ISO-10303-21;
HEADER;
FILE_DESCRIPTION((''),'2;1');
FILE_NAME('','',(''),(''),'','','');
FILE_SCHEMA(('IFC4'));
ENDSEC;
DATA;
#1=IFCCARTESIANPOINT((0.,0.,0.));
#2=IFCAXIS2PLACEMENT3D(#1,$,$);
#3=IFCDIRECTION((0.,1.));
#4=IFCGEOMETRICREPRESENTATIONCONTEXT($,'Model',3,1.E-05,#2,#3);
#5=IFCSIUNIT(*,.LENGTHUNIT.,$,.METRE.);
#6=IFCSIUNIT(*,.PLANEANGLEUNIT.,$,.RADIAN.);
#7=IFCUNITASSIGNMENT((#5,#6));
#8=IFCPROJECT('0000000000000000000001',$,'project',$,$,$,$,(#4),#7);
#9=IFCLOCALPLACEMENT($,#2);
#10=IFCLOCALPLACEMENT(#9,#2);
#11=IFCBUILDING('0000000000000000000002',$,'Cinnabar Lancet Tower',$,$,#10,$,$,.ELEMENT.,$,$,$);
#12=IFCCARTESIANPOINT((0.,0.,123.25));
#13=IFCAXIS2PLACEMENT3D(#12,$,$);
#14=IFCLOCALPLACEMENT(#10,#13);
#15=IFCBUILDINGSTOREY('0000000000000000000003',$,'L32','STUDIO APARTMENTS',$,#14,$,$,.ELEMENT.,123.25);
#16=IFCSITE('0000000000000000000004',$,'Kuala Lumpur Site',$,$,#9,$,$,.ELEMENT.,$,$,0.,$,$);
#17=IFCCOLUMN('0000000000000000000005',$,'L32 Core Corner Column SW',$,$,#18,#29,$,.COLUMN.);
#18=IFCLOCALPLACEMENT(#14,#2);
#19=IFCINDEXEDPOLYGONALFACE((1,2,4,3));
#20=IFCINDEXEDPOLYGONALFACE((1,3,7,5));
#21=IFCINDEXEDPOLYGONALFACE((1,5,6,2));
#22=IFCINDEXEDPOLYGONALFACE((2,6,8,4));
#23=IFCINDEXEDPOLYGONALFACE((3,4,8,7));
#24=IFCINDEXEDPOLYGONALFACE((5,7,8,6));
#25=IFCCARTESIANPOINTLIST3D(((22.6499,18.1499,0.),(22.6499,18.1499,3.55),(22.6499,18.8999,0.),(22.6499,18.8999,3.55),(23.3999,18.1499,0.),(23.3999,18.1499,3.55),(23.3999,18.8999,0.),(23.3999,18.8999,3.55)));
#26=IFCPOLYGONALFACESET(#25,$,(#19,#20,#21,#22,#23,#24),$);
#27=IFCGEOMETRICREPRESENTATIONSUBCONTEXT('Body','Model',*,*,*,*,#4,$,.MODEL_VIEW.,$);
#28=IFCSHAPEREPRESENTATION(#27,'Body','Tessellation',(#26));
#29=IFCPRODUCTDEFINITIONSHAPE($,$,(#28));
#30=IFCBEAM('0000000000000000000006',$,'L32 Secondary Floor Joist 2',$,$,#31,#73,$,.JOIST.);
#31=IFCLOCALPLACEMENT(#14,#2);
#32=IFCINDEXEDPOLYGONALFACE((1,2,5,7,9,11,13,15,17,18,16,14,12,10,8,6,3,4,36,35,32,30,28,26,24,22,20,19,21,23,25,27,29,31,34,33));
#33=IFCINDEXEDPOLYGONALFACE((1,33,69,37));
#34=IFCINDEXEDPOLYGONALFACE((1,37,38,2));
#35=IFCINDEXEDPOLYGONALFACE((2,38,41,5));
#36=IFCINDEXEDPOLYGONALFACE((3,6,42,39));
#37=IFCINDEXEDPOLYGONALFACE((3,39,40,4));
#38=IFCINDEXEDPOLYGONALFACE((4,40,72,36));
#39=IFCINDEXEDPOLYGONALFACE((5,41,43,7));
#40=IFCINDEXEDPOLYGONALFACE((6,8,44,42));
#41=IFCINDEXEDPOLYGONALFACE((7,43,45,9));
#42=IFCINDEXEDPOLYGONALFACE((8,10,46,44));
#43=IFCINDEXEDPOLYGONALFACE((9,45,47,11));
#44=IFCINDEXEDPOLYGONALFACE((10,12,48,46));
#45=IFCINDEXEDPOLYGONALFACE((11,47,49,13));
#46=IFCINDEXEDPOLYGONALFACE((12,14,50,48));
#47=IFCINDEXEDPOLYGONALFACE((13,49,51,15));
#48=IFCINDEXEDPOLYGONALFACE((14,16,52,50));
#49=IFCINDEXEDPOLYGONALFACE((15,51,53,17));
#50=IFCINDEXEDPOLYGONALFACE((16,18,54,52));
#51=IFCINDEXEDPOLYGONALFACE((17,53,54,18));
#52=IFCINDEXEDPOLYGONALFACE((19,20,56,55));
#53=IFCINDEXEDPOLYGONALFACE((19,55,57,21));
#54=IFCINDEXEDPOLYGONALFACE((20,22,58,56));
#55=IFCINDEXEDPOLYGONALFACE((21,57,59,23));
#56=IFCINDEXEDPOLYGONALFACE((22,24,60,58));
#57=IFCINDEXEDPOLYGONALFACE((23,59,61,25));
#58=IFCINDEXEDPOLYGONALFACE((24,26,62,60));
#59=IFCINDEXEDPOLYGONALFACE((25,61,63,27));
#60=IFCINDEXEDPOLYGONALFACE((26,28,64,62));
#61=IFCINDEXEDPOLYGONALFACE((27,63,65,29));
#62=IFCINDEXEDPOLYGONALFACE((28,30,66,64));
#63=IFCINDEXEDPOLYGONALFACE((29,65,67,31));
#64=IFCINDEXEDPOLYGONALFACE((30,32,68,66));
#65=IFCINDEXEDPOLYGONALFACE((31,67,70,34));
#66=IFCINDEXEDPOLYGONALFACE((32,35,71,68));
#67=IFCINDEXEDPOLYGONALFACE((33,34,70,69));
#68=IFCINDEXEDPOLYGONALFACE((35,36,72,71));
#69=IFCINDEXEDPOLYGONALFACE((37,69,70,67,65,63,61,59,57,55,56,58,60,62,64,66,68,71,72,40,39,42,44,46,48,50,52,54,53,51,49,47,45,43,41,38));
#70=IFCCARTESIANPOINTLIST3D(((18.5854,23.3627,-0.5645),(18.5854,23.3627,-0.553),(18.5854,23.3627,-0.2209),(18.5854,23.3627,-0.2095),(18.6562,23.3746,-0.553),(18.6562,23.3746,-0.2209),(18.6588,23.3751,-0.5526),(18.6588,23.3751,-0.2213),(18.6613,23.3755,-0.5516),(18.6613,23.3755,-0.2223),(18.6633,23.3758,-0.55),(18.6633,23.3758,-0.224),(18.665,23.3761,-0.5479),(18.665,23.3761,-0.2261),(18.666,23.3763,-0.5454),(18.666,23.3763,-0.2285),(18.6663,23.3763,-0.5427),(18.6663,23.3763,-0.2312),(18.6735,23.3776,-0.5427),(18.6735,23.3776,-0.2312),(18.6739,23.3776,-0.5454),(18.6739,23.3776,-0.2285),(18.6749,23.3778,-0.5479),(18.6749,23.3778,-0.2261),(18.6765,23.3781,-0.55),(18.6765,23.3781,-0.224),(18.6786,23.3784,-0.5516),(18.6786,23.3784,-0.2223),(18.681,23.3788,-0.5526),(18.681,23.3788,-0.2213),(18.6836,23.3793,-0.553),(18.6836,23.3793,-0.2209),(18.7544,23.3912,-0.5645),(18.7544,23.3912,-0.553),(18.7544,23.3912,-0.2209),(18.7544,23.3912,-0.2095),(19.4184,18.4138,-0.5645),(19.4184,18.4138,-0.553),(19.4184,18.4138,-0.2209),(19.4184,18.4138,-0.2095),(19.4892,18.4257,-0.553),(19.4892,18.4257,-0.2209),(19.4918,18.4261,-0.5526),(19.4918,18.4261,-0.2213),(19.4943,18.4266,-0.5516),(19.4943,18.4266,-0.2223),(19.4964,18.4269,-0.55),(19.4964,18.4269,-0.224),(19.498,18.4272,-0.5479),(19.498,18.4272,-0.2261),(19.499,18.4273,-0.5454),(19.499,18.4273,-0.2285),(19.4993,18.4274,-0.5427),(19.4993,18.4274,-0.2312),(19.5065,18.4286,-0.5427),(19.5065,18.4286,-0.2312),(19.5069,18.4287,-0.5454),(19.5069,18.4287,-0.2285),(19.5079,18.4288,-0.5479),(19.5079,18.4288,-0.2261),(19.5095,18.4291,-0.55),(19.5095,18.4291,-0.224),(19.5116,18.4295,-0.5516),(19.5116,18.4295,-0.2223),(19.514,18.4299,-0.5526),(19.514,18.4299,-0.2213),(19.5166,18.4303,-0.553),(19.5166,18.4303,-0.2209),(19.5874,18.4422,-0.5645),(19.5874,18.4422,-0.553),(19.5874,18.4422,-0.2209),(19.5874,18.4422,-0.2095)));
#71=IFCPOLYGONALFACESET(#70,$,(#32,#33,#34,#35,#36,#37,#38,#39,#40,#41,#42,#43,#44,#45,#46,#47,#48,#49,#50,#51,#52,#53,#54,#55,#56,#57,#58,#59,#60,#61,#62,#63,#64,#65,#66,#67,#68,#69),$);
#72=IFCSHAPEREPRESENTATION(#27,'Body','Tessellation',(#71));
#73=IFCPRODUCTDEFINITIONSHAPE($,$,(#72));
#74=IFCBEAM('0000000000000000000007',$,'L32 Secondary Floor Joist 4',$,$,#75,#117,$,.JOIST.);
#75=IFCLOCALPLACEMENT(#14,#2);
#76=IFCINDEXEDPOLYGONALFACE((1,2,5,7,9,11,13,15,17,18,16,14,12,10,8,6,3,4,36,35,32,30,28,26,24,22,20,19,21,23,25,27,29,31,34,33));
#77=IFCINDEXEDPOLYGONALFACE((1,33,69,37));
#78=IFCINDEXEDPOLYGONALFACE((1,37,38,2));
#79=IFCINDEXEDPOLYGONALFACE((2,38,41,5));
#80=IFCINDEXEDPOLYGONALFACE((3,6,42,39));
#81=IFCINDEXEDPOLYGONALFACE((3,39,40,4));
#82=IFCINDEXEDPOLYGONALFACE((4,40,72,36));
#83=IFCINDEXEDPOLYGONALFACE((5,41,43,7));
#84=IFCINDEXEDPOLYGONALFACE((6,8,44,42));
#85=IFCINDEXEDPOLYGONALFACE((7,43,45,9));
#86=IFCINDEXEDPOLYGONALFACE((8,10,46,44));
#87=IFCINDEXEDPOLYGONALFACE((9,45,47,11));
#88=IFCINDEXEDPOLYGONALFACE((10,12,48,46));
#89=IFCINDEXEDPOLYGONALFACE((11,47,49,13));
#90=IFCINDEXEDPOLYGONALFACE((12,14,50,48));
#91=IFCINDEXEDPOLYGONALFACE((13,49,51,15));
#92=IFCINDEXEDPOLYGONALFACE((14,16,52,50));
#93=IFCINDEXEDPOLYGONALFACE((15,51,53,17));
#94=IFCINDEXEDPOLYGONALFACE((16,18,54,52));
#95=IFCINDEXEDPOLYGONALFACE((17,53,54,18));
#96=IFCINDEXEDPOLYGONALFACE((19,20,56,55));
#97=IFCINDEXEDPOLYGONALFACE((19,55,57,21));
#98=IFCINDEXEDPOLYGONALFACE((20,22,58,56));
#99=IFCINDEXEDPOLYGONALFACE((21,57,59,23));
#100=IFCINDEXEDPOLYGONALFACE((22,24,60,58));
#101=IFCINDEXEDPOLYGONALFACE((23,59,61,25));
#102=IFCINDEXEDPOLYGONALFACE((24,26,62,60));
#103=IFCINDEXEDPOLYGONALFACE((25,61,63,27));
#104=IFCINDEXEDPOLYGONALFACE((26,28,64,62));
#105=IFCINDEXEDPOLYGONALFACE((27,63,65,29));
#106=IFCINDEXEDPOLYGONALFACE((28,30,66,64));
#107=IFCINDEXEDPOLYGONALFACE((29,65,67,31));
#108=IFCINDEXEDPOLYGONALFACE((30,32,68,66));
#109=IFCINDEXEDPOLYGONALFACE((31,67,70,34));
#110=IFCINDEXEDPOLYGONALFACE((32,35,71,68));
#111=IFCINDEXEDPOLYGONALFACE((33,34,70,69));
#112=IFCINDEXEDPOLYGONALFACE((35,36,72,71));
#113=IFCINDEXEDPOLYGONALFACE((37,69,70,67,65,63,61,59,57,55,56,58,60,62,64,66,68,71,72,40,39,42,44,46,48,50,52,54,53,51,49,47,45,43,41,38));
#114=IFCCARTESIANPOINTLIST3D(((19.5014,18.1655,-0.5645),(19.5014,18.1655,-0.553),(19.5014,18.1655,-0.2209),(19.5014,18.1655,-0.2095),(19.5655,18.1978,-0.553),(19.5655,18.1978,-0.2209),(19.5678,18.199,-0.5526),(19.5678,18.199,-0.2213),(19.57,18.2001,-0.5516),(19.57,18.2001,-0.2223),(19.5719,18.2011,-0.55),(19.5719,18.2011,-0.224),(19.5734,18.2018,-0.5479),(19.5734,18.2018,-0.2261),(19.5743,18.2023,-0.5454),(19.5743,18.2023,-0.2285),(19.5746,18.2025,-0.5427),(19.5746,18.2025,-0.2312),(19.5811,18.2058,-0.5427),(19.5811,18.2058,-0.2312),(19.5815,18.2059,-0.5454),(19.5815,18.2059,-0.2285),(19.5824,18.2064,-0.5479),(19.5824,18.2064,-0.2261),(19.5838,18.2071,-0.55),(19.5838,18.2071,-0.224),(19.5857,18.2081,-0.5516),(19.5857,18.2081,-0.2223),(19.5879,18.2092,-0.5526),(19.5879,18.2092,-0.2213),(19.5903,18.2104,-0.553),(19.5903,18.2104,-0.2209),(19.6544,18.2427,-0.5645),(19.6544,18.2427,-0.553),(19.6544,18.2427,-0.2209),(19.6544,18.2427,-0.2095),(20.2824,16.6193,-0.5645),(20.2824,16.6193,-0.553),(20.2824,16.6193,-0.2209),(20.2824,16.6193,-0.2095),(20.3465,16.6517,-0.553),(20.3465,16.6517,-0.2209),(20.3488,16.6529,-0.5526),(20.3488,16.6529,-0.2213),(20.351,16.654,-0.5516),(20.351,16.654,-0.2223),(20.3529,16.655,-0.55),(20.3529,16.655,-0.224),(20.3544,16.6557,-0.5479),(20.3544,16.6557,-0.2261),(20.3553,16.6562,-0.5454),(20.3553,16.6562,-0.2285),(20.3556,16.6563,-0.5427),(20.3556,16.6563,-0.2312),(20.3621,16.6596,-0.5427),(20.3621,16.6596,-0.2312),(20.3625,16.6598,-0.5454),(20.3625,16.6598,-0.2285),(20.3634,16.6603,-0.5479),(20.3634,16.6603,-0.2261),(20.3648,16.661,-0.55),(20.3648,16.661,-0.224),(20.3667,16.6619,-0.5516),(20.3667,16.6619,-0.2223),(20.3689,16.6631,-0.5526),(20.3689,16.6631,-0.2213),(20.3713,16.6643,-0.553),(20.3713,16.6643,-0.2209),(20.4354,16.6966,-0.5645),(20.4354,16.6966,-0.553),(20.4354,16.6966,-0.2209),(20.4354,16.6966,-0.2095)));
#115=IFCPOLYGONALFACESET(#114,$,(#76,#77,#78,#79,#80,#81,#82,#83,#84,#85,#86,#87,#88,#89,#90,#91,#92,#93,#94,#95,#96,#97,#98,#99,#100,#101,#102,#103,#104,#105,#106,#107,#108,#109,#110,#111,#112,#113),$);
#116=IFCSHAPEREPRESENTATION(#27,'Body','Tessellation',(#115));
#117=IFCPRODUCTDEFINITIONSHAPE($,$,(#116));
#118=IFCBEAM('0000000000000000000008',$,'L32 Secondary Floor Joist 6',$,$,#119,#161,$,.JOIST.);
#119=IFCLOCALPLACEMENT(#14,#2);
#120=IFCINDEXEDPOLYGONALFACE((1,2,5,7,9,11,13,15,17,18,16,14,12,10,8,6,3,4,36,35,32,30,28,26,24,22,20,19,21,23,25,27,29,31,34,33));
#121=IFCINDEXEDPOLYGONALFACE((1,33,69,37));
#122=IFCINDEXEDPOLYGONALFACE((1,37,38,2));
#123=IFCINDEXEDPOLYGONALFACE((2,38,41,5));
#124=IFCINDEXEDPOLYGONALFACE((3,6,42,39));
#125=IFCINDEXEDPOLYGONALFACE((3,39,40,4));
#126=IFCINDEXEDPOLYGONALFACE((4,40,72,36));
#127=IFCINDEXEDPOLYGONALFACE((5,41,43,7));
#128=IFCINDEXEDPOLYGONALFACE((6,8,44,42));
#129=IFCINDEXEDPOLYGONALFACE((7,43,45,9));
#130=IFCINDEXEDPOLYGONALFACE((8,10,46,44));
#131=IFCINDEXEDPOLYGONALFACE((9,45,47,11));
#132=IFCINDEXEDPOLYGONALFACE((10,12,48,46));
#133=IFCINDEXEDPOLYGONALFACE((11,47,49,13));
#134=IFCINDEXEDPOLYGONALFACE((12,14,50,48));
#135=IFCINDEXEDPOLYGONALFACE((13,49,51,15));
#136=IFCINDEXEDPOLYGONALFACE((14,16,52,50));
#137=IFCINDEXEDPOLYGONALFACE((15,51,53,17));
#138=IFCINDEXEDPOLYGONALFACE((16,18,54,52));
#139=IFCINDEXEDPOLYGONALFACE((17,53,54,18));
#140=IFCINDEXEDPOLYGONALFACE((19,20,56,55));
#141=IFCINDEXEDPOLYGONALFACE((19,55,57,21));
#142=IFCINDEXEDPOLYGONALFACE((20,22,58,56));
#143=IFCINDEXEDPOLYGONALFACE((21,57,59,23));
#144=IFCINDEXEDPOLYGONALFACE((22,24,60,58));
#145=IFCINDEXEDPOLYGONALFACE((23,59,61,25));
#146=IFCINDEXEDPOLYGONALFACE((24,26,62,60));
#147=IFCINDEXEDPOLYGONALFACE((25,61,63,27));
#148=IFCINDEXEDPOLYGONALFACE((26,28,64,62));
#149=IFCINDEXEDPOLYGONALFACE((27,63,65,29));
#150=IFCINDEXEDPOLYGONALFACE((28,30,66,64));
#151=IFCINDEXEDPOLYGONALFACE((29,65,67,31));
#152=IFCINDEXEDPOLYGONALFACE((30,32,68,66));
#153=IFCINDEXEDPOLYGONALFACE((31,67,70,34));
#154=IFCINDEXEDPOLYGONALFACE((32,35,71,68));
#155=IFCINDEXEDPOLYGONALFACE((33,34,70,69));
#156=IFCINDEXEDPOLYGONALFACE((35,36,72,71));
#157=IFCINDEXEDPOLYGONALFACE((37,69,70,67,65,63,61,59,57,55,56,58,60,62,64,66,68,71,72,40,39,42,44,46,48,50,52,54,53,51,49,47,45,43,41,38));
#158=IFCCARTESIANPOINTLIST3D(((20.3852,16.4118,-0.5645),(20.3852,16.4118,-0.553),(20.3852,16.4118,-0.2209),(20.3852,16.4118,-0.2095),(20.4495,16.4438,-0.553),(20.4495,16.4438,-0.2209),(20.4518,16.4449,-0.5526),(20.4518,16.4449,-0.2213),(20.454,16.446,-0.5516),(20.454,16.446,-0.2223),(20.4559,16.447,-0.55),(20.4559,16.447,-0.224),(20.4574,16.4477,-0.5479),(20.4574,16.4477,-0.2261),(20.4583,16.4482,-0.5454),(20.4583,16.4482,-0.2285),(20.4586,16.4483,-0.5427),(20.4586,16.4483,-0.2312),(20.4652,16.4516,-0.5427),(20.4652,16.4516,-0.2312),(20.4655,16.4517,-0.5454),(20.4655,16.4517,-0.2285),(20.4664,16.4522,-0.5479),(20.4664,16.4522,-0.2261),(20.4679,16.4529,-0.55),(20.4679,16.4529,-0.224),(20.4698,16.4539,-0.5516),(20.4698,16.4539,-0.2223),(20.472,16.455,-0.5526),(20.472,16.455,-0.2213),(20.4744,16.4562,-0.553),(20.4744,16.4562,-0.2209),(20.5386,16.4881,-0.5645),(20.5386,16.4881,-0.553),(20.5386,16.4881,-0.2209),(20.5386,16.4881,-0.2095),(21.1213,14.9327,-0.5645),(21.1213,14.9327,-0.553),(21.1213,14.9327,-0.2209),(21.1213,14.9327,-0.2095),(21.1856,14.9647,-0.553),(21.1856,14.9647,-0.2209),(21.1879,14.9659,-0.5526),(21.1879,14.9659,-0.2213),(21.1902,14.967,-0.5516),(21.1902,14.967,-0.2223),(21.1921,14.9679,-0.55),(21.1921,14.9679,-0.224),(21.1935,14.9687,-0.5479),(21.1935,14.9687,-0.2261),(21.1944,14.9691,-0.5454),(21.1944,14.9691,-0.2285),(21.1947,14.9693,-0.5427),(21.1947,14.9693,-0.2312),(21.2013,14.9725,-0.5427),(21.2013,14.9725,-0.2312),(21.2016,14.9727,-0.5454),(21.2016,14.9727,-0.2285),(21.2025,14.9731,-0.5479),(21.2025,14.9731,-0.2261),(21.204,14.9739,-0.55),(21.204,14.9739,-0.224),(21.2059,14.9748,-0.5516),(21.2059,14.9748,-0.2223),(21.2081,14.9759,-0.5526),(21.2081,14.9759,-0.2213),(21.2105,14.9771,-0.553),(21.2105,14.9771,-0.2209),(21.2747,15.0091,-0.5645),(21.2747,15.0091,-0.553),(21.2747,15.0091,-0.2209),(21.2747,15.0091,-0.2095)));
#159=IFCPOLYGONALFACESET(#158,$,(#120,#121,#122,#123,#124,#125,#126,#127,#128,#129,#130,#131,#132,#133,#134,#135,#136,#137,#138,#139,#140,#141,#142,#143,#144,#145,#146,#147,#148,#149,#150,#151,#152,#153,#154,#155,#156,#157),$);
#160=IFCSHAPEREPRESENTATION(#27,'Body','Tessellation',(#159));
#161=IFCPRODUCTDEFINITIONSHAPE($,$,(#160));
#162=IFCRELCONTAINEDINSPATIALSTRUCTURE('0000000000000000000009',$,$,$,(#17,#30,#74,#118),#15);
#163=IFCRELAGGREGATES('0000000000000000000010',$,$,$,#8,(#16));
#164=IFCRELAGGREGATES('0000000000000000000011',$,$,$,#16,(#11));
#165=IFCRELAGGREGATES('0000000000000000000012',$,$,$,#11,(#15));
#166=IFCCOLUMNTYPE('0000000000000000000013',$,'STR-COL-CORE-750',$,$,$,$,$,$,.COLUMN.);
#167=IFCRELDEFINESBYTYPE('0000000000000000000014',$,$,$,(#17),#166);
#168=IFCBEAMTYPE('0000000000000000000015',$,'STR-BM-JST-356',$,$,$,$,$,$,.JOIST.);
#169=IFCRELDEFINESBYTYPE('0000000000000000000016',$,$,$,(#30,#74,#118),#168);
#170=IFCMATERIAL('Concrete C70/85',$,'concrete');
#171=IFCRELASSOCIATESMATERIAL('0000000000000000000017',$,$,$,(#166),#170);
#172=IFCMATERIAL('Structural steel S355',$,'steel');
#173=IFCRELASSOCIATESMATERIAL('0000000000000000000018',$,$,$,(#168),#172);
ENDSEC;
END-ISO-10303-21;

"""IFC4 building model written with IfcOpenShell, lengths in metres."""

from ifc_helpers import new_model, si_unit, direction, frame, origin, origin_2d, place, context, subcontext, project, spatial, rectangle, i_section, extrude, material, material_profile, profile_set, type_object, element, save


model = new_model("IFC4")

# Units and contexts
model_context = context("Model", 3, precision=1e-05, world=origin(), true_north=direction((0.0, 1.0)))
body_context = subcontext(model_context, "Body", "Model", "MODEL_VIEW")
ifc_project = project(units=[si_unit("LENGTHUNIT", "METRE"), si_unit("PLANEANGLEUNIT", "RADIAN")], contexts=[model_context])

# Site, building, storey
site_placement = place(None, origin())
site = spatial("IfcSite", under=ifc_project, at=site_placement, Name="Kuala Lumpur Site", CompositionType="ELEMENT", RefElevation=0.0)
building_placement = place(site_placement, origin())
building = spatial("IfcBuilding", under=site, at=building_placement, Name="Cinnabar Lancet Tower", CompositionType="ELEMENT")
storey_placement = place(building_placement, frame((0.0, 0.0, 123.25)))
storey = spatial("IfcBuildingStorey", under=building, at=storey_placement, Name="L32", Description="STUDIO APARTMENTS", CompositionType="ELEMENT", Elevation=123.25)

# Column
ifc_material_1 = material(Name="Concrete C70/85", Category="concrete")
ifc_material_profile_1 = material_profile(ifc_material_1, rectangle(XDim=0.75, YDim=0.75, at=origin_2d()), Name="RC-COL 750x750")
ifc_profile_set_1 = profile_set([ifc_material_profile_1], Name="Concrete C70/85")
column_type = type_object("IfcColumnType", Name="STR-COL-CORE-750", PredefinedType="COLUMN", material=ifc_profile_set_1)
column_placement = place(storey_placement, frame((23.0249, 18.5249, 0.0), z_axis=(0.0, 0.0, 1.0), x_axis=(1.0, 0.0, 0.0)))
element("IfcColumn", 1, at=column_placement, inside=storey, type_object=column_type, Name="L32 Core Corner Column SW", PredefinedType="COLUMN", context=body_context, shape_type="SweptSolid", body=[
    extrude(rectangle(XDim=0.75, YDim=0.75, at=origin_2d()), origin(), (0.0, 0.0, 1.0), 3.55),
])

# Beams
ifc_material_2 = material(Name="Structural steel S355", Category="steel")
ifc_material_profile_2 = material_profile(ifc_material_2, i_section(OverallWidth=0.1714, OverallDepth=0.355, WebThickness=0.0073, FlangeThickness=0.0115, FilletRadius=0.0103, at=origin_2d()), Name="UKB 356x171x51")
ifc_profile_set_2 = profile_set([ifc_material_profile_2], Name="Structural steel S355")
beam_type_1 = type_object("IfcBeamType", Name="STR-BM-JST-356", PredefinedType="JOIST", material=ifc_profile_set_2)
beam_1_placement = place(storey_placement, frame((18.6699, 23.377, -0.387), z_axis=(0.165984, -0.986128, 0.0), x_axis=(0.986128, 0.165984, 0.0)))
element("IfcBeam", 2, at=beam_1_placement, inside=storey, type_object=beam_type_1, Name="L32 Secondary Floor Joist 2", PredefinedType="JOIST", context=body_context, shape_type="SweptSolid", body=[
    extrude(i_section(OverallWidth=0.1714, OverallDepth=0.355, WebThickness=0.0073, FlangeThickness=0.0115, FilletRadius=0.0103, at=origin_2d()), origin(), (0.0, 0.0, 1.0), 5.0186),
])
beam_2_placement = place(storey_placement, frame((19.5779, 18.2041, -0.387), z_axis=(0.450874, -0.892587, 0.0), x_axis=(0.892587, 0.450874, 0.0)))
element("IfcBeam", 3, at=beam_2_placement, inside=storey, type_object=beam_type_1, Name="L32 Secondary Floor Joist 4", PredefinedType="JOIST", context=body_context, shape_type="SweptSolid", body=[
    extrude(i_section(OverallWidth=0.1714, OverallDepth=0.355, WebThickness=0.0073, FlangeThickness=0.0115, FilletRadius=0.0103, at=origin_2d()), origin(), (0.0, 0.0, 1.0), 1.7322),
])
beam_3_placement = place(storey_placement, frame((20.4619, 16.45, -0.387), z_axis=(0.445558, -0.895253, 0.0), x_axis=(0.895253, 0.445558, 0.0)))
element("IfcBeam", 4, at=beam_3_placement, inside=storey, type_object=beam_type_1, Name="L32 Secondary Floor Joist 6", PredefinedType="JOIST", context=body_context, shape_type="SweptSolid", body=[
    extrude(i_section(OverallWidth=0.1714, OverallDepth=0.355, WebThickness=0.0073, FlangeThickness=0.0115, FilletRadius=0.0103, at=origin_2d()), origin(), (0.0, 0.0, 1.0), 1.6521),
])

save(model, "model.ifc")
